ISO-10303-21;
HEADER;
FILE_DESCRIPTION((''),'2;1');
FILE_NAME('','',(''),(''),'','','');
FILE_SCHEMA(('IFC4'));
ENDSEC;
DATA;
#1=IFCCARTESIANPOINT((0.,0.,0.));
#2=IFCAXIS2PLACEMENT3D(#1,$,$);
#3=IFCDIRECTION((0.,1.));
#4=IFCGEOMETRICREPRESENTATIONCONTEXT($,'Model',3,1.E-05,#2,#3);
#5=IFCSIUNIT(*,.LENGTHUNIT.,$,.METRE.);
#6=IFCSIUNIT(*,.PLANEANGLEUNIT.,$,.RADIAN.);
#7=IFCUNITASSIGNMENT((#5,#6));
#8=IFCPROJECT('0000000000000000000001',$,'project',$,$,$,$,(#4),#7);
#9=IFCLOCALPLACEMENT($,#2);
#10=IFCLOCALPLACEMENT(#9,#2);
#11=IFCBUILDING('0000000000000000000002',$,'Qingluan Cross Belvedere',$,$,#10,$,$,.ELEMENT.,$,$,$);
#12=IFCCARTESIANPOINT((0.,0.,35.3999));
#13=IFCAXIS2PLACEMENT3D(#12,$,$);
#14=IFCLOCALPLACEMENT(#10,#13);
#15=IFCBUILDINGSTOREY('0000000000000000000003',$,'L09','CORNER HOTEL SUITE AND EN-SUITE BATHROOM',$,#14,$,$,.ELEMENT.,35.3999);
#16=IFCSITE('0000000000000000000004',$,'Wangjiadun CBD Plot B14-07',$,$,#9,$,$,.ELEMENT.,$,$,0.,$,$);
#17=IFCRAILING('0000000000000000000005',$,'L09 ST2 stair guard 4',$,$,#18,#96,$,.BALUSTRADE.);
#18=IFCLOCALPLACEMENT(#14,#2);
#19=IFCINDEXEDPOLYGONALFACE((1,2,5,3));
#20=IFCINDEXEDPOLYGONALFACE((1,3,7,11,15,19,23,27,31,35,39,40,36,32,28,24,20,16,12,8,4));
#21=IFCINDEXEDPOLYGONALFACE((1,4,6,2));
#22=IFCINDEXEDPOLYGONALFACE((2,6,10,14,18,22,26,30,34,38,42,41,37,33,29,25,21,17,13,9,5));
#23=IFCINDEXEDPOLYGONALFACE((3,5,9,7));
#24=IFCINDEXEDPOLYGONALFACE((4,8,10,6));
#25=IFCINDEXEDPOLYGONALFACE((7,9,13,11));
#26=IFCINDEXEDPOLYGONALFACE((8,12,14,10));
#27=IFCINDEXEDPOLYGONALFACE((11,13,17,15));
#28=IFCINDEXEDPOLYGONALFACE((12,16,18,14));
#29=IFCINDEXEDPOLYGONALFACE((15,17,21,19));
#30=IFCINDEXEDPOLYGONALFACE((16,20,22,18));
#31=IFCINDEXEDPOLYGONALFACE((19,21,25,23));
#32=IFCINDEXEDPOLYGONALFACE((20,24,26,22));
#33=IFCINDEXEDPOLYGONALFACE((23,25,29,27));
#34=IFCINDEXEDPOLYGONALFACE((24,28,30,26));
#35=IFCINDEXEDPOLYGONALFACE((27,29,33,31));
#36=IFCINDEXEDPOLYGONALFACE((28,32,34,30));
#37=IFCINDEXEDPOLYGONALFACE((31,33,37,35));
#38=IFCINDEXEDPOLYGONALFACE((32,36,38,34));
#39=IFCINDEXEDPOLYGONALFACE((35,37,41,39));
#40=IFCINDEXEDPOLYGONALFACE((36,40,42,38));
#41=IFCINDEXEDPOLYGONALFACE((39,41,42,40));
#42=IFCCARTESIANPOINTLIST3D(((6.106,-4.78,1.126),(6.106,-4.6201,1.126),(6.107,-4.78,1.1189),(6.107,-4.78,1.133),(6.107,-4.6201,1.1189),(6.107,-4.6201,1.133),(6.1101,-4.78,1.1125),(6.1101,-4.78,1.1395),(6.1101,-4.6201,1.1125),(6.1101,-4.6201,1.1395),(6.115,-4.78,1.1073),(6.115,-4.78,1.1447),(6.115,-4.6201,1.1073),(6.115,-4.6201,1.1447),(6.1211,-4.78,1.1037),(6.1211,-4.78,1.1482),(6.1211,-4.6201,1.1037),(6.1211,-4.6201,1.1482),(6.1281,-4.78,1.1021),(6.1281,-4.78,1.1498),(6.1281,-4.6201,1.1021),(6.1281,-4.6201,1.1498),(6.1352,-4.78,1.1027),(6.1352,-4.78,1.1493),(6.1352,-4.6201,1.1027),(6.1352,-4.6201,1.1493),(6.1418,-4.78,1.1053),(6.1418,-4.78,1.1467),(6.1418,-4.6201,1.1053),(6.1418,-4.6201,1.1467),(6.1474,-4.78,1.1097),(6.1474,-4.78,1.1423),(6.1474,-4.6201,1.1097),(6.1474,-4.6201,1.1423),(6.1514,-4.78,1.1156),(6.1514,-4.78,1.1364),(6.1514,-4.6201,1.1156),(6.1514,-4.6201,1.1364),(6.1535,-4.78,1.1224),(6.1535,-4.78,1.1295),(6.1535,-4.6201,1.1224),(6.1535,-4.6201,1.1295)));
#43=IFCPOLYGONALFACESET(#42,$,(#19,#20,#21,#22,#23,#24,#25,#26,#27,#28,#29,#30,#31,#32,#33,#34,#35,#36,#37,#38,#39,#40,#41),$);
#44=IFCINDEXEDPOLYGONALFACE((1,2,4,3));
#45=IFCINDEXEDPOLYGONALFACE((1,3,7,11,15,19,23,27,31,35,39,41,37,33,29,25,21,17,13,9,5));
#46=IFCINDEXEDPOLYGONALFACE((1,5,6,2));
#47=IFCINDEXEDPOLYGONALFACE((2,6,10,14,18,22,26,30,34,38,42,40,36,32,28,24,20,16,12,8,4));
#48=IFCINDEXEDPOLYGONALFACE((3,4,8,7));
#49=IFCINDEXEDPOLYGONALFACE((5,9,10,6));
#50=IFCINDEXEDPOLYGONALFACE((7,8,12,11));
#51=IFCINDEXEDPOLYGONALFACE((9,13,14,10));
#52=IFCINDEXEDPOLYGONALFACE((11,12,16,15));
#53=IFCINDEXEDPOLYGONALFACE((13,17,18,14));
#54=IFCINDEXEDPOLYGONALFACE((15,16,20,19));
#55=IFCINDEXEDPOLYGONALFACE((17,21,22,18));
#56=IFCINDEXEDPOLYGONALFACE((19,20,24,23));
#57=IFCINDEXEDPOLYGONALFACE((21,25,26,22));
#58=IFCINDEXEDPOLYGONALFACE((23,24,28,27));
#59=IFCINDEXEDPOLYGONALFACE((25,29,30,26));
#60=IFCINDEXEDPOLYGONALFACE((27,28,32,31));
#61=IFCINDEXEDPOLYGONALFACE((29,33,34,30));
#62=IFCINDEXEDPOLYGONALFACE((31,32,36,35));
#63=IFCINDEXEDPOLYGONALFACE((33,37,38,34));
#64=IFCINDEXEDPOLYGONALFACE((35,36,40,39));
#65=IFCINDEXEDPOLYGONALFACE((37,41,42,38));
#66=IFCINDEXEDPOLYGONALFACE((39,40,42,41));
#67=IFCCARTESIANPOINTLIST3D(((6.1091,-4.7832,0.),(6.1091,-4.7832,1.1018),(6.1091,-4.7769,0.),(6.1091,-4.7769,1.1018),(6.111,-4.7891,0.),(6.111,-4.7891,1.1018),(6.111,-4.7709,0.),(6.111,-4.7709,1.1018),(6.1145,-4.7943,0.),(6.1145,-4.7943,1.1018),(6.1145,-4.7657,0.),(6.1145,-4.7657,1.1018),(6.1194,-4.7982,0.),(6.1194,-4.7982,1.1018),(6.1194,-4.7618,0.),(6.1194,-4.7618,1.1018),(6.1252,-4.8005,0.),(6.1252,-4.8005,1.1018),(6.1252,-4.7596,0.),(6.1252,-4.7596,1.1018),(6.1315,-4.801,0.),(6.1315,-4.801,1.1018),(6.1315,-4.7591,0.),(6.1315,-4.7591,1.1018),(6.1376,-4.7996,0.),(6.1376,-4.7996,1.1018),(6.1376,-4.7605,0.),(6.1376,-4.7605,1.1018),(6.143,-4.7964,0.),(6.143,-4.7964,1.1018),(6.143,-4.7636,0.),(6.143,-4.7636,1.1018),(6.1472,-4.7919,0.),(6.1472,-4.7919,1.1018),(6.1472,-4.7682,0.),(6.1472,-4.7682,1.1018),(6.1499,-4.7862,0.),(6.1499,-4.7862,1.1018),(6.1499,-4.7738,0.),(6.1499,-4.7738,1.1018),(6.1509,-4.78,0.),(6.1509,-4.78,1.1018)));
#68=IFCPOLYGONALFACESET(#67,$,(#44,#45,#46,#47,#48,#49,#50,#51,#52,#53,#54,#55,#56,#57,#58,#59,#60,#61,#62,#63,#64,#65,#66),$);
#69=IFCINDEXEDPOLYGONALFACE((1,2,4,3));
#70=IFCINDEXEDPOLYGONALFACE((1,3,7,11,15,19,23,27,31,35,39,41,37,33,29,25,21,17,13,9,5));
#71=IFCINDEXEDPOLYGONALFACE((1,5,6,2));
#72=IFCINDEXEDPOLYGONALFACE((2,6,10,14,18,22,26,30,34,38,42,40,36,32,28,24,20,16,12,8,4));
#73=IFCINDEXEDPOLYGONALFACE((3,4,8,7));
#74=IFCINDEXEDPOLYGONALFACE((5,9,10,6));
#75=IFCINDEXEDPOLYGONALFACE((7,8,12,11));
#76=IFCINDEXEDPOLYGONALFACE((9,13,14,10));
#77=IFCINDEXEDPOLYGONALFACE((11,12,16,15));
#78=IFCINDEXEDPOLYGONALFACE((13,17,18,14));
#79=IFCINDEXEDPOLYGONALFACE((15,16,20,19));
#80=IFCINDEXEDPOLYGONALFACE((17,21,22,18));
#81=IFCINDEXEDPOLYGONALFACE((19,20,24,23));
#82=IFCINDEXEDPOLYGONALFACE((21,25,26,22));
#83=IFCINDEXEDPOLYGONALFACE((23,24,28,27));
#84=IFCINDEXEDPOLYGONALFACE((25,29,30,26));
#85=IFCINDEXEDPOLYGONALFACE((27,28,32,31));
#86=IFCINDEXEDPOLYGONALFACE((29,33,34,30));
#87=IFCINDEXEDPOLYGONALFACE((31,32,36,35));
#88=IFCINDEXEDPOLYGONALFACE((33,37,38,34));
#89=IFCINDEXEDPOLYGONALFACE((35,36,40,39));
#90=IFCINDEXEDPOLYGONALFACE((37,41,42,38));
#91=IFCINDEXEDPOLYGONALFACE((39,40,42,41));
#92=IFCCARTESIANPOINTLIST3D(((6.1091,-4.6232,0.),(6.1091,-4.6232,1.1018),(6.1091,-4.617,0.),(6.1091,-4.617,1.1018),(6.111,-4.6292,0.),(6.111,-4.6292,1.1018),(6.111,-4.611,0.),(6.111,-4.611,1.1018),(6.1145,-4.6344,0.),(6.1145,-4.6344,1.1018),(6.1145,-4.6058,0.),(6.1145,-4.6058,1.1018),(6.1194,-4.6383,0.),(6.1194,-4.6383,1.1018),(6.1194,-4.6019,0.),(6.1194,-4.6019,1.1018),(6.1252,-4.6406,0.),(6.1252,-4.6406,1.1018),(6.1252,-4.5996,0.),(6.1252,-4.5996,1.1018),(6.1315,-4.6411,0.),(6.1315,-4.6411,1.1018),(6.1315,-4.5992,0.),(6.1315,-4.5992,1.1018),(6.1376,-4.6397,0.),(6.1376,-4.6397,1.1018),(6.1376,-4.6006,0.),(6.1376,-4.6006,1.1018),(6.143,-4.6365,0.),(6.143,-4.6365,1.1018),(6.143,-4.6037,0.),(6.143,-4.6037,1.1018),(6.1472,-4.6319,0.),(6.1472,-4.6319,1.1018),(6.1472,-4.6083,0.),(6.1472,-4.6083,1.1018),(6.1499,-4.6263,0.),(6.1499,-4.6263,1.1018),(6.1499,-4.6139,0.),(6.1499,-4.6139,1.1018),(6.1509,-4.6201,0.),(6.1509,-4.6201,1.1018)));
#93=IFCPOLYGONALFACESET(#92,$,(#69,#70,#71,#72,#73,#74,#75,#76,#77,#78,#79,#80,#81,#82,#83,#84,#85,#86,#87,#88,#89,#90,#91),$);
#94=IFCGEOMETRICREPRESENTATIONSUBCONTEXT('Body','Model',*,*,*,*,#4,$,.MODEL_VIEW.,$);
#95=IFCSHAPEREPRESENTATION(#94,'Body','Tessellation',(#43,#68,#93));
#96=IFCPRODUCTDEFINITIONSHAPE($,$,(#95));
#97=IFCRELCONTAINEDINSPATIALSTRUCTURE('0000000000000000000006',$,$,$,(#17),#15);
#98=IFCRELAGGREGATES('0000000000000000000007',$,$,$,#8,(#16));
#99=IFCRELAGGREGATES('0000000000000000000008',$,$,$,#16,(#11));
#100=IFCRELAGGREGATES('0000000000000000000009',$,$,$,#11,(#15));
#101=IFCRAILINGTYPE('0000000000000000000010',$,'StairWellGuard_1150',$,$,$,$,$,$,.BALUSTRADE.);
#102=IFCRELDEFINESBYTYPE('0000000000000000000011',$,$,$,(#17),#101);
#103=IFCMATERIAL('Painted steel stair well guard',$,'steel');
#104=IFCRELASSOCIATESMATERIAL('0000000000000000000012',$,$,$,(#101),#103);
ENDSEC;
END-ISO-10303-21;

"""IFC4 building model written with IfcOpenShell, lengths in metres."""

from ifc_helpers import new_model, si_unit, direction, frame, origin, origin_2d, place, context, subcontext, project, spatial, circle, extrude, material, type_object, element, save


model = new_model("IFC4")

# Units and contexts
model_context = context("Model", 3, precision=1e-05, world=origin(), true_north=direction((0.0, 1.0)))
body_context = subcontext(model_context, "Body", "Model", "MODEL_VIEW")
ifc_project = project(units=[si_unit("LENGTHUNIT", "METRE"), si_unit("PLANEANGLEUNIT", "RADIAN")], contexts=[model_context])

# Site, building, storey
site_placement = place(None, origin())
site = spatial("IfcSite", under=ifc_project, at=site_placement, Name="Wangjiadun CBD Plot B14-07", CompositionType="ELEMENT", RefElevation=0.0)
building_placement = place(site_placement, origin())
building = spatial("IfcBuilding", under=site, at=building_placement, Name="Qingluan Cross Belvedere", CompositionType="ELEMENT")
storey_placement = place(building_placement, frame((0.0, 0.0, 35.3999)))
storey = spatial("IfcBuildingStorey", under=building, at=storey_placement, Name="L09", Description="CORNER HOTEL SUITE AND EN-SUITE BATHROOM", CompositionType="ELEMENT", Elevation=35.3999)

# Railing
ifc_material_1 = material(Name="Painted steel stair well guard", Category="steel")
railing_type_1 = type_object("IfcRailingType", Name="StairWellGuard_1150", PredefinedType="BALUSTRADE", material=ifc_material_1)
railing_1_placement = place(storey_placement, frame((6.1299, -4.78, 0.0)))
element("IfcRailing", 1, at=railing_1_placement, inside=storey, type_object=railing_type_1, Name="L09 ST2 stair guard 4", PredefinedType="BALUSTRADE", context=body_context, shape_type="SweptSolid", body=[
    extrude(circle(Radius=0.0239, at=origin_2d()), frame((0.0, 0.0, 1.126), z_axis=(0.0, 1.0, 0.0), x_axis=(-1.0, 0.0, 0.0)), (0.0, 0.0, 1.0), 0.1599),
    extrude(circle(Radius=0.021, at=origin_2d()), origin(), (0.0, 0.0, 1.0), 1.1018),
    extrude(circle(Radius=0.021, at=origin_2d()), frame((0.0, 0.1599, 0.0)), (0.0, 0.0, 1.0), 1.1018),
])

save(model, "model.ifc")
